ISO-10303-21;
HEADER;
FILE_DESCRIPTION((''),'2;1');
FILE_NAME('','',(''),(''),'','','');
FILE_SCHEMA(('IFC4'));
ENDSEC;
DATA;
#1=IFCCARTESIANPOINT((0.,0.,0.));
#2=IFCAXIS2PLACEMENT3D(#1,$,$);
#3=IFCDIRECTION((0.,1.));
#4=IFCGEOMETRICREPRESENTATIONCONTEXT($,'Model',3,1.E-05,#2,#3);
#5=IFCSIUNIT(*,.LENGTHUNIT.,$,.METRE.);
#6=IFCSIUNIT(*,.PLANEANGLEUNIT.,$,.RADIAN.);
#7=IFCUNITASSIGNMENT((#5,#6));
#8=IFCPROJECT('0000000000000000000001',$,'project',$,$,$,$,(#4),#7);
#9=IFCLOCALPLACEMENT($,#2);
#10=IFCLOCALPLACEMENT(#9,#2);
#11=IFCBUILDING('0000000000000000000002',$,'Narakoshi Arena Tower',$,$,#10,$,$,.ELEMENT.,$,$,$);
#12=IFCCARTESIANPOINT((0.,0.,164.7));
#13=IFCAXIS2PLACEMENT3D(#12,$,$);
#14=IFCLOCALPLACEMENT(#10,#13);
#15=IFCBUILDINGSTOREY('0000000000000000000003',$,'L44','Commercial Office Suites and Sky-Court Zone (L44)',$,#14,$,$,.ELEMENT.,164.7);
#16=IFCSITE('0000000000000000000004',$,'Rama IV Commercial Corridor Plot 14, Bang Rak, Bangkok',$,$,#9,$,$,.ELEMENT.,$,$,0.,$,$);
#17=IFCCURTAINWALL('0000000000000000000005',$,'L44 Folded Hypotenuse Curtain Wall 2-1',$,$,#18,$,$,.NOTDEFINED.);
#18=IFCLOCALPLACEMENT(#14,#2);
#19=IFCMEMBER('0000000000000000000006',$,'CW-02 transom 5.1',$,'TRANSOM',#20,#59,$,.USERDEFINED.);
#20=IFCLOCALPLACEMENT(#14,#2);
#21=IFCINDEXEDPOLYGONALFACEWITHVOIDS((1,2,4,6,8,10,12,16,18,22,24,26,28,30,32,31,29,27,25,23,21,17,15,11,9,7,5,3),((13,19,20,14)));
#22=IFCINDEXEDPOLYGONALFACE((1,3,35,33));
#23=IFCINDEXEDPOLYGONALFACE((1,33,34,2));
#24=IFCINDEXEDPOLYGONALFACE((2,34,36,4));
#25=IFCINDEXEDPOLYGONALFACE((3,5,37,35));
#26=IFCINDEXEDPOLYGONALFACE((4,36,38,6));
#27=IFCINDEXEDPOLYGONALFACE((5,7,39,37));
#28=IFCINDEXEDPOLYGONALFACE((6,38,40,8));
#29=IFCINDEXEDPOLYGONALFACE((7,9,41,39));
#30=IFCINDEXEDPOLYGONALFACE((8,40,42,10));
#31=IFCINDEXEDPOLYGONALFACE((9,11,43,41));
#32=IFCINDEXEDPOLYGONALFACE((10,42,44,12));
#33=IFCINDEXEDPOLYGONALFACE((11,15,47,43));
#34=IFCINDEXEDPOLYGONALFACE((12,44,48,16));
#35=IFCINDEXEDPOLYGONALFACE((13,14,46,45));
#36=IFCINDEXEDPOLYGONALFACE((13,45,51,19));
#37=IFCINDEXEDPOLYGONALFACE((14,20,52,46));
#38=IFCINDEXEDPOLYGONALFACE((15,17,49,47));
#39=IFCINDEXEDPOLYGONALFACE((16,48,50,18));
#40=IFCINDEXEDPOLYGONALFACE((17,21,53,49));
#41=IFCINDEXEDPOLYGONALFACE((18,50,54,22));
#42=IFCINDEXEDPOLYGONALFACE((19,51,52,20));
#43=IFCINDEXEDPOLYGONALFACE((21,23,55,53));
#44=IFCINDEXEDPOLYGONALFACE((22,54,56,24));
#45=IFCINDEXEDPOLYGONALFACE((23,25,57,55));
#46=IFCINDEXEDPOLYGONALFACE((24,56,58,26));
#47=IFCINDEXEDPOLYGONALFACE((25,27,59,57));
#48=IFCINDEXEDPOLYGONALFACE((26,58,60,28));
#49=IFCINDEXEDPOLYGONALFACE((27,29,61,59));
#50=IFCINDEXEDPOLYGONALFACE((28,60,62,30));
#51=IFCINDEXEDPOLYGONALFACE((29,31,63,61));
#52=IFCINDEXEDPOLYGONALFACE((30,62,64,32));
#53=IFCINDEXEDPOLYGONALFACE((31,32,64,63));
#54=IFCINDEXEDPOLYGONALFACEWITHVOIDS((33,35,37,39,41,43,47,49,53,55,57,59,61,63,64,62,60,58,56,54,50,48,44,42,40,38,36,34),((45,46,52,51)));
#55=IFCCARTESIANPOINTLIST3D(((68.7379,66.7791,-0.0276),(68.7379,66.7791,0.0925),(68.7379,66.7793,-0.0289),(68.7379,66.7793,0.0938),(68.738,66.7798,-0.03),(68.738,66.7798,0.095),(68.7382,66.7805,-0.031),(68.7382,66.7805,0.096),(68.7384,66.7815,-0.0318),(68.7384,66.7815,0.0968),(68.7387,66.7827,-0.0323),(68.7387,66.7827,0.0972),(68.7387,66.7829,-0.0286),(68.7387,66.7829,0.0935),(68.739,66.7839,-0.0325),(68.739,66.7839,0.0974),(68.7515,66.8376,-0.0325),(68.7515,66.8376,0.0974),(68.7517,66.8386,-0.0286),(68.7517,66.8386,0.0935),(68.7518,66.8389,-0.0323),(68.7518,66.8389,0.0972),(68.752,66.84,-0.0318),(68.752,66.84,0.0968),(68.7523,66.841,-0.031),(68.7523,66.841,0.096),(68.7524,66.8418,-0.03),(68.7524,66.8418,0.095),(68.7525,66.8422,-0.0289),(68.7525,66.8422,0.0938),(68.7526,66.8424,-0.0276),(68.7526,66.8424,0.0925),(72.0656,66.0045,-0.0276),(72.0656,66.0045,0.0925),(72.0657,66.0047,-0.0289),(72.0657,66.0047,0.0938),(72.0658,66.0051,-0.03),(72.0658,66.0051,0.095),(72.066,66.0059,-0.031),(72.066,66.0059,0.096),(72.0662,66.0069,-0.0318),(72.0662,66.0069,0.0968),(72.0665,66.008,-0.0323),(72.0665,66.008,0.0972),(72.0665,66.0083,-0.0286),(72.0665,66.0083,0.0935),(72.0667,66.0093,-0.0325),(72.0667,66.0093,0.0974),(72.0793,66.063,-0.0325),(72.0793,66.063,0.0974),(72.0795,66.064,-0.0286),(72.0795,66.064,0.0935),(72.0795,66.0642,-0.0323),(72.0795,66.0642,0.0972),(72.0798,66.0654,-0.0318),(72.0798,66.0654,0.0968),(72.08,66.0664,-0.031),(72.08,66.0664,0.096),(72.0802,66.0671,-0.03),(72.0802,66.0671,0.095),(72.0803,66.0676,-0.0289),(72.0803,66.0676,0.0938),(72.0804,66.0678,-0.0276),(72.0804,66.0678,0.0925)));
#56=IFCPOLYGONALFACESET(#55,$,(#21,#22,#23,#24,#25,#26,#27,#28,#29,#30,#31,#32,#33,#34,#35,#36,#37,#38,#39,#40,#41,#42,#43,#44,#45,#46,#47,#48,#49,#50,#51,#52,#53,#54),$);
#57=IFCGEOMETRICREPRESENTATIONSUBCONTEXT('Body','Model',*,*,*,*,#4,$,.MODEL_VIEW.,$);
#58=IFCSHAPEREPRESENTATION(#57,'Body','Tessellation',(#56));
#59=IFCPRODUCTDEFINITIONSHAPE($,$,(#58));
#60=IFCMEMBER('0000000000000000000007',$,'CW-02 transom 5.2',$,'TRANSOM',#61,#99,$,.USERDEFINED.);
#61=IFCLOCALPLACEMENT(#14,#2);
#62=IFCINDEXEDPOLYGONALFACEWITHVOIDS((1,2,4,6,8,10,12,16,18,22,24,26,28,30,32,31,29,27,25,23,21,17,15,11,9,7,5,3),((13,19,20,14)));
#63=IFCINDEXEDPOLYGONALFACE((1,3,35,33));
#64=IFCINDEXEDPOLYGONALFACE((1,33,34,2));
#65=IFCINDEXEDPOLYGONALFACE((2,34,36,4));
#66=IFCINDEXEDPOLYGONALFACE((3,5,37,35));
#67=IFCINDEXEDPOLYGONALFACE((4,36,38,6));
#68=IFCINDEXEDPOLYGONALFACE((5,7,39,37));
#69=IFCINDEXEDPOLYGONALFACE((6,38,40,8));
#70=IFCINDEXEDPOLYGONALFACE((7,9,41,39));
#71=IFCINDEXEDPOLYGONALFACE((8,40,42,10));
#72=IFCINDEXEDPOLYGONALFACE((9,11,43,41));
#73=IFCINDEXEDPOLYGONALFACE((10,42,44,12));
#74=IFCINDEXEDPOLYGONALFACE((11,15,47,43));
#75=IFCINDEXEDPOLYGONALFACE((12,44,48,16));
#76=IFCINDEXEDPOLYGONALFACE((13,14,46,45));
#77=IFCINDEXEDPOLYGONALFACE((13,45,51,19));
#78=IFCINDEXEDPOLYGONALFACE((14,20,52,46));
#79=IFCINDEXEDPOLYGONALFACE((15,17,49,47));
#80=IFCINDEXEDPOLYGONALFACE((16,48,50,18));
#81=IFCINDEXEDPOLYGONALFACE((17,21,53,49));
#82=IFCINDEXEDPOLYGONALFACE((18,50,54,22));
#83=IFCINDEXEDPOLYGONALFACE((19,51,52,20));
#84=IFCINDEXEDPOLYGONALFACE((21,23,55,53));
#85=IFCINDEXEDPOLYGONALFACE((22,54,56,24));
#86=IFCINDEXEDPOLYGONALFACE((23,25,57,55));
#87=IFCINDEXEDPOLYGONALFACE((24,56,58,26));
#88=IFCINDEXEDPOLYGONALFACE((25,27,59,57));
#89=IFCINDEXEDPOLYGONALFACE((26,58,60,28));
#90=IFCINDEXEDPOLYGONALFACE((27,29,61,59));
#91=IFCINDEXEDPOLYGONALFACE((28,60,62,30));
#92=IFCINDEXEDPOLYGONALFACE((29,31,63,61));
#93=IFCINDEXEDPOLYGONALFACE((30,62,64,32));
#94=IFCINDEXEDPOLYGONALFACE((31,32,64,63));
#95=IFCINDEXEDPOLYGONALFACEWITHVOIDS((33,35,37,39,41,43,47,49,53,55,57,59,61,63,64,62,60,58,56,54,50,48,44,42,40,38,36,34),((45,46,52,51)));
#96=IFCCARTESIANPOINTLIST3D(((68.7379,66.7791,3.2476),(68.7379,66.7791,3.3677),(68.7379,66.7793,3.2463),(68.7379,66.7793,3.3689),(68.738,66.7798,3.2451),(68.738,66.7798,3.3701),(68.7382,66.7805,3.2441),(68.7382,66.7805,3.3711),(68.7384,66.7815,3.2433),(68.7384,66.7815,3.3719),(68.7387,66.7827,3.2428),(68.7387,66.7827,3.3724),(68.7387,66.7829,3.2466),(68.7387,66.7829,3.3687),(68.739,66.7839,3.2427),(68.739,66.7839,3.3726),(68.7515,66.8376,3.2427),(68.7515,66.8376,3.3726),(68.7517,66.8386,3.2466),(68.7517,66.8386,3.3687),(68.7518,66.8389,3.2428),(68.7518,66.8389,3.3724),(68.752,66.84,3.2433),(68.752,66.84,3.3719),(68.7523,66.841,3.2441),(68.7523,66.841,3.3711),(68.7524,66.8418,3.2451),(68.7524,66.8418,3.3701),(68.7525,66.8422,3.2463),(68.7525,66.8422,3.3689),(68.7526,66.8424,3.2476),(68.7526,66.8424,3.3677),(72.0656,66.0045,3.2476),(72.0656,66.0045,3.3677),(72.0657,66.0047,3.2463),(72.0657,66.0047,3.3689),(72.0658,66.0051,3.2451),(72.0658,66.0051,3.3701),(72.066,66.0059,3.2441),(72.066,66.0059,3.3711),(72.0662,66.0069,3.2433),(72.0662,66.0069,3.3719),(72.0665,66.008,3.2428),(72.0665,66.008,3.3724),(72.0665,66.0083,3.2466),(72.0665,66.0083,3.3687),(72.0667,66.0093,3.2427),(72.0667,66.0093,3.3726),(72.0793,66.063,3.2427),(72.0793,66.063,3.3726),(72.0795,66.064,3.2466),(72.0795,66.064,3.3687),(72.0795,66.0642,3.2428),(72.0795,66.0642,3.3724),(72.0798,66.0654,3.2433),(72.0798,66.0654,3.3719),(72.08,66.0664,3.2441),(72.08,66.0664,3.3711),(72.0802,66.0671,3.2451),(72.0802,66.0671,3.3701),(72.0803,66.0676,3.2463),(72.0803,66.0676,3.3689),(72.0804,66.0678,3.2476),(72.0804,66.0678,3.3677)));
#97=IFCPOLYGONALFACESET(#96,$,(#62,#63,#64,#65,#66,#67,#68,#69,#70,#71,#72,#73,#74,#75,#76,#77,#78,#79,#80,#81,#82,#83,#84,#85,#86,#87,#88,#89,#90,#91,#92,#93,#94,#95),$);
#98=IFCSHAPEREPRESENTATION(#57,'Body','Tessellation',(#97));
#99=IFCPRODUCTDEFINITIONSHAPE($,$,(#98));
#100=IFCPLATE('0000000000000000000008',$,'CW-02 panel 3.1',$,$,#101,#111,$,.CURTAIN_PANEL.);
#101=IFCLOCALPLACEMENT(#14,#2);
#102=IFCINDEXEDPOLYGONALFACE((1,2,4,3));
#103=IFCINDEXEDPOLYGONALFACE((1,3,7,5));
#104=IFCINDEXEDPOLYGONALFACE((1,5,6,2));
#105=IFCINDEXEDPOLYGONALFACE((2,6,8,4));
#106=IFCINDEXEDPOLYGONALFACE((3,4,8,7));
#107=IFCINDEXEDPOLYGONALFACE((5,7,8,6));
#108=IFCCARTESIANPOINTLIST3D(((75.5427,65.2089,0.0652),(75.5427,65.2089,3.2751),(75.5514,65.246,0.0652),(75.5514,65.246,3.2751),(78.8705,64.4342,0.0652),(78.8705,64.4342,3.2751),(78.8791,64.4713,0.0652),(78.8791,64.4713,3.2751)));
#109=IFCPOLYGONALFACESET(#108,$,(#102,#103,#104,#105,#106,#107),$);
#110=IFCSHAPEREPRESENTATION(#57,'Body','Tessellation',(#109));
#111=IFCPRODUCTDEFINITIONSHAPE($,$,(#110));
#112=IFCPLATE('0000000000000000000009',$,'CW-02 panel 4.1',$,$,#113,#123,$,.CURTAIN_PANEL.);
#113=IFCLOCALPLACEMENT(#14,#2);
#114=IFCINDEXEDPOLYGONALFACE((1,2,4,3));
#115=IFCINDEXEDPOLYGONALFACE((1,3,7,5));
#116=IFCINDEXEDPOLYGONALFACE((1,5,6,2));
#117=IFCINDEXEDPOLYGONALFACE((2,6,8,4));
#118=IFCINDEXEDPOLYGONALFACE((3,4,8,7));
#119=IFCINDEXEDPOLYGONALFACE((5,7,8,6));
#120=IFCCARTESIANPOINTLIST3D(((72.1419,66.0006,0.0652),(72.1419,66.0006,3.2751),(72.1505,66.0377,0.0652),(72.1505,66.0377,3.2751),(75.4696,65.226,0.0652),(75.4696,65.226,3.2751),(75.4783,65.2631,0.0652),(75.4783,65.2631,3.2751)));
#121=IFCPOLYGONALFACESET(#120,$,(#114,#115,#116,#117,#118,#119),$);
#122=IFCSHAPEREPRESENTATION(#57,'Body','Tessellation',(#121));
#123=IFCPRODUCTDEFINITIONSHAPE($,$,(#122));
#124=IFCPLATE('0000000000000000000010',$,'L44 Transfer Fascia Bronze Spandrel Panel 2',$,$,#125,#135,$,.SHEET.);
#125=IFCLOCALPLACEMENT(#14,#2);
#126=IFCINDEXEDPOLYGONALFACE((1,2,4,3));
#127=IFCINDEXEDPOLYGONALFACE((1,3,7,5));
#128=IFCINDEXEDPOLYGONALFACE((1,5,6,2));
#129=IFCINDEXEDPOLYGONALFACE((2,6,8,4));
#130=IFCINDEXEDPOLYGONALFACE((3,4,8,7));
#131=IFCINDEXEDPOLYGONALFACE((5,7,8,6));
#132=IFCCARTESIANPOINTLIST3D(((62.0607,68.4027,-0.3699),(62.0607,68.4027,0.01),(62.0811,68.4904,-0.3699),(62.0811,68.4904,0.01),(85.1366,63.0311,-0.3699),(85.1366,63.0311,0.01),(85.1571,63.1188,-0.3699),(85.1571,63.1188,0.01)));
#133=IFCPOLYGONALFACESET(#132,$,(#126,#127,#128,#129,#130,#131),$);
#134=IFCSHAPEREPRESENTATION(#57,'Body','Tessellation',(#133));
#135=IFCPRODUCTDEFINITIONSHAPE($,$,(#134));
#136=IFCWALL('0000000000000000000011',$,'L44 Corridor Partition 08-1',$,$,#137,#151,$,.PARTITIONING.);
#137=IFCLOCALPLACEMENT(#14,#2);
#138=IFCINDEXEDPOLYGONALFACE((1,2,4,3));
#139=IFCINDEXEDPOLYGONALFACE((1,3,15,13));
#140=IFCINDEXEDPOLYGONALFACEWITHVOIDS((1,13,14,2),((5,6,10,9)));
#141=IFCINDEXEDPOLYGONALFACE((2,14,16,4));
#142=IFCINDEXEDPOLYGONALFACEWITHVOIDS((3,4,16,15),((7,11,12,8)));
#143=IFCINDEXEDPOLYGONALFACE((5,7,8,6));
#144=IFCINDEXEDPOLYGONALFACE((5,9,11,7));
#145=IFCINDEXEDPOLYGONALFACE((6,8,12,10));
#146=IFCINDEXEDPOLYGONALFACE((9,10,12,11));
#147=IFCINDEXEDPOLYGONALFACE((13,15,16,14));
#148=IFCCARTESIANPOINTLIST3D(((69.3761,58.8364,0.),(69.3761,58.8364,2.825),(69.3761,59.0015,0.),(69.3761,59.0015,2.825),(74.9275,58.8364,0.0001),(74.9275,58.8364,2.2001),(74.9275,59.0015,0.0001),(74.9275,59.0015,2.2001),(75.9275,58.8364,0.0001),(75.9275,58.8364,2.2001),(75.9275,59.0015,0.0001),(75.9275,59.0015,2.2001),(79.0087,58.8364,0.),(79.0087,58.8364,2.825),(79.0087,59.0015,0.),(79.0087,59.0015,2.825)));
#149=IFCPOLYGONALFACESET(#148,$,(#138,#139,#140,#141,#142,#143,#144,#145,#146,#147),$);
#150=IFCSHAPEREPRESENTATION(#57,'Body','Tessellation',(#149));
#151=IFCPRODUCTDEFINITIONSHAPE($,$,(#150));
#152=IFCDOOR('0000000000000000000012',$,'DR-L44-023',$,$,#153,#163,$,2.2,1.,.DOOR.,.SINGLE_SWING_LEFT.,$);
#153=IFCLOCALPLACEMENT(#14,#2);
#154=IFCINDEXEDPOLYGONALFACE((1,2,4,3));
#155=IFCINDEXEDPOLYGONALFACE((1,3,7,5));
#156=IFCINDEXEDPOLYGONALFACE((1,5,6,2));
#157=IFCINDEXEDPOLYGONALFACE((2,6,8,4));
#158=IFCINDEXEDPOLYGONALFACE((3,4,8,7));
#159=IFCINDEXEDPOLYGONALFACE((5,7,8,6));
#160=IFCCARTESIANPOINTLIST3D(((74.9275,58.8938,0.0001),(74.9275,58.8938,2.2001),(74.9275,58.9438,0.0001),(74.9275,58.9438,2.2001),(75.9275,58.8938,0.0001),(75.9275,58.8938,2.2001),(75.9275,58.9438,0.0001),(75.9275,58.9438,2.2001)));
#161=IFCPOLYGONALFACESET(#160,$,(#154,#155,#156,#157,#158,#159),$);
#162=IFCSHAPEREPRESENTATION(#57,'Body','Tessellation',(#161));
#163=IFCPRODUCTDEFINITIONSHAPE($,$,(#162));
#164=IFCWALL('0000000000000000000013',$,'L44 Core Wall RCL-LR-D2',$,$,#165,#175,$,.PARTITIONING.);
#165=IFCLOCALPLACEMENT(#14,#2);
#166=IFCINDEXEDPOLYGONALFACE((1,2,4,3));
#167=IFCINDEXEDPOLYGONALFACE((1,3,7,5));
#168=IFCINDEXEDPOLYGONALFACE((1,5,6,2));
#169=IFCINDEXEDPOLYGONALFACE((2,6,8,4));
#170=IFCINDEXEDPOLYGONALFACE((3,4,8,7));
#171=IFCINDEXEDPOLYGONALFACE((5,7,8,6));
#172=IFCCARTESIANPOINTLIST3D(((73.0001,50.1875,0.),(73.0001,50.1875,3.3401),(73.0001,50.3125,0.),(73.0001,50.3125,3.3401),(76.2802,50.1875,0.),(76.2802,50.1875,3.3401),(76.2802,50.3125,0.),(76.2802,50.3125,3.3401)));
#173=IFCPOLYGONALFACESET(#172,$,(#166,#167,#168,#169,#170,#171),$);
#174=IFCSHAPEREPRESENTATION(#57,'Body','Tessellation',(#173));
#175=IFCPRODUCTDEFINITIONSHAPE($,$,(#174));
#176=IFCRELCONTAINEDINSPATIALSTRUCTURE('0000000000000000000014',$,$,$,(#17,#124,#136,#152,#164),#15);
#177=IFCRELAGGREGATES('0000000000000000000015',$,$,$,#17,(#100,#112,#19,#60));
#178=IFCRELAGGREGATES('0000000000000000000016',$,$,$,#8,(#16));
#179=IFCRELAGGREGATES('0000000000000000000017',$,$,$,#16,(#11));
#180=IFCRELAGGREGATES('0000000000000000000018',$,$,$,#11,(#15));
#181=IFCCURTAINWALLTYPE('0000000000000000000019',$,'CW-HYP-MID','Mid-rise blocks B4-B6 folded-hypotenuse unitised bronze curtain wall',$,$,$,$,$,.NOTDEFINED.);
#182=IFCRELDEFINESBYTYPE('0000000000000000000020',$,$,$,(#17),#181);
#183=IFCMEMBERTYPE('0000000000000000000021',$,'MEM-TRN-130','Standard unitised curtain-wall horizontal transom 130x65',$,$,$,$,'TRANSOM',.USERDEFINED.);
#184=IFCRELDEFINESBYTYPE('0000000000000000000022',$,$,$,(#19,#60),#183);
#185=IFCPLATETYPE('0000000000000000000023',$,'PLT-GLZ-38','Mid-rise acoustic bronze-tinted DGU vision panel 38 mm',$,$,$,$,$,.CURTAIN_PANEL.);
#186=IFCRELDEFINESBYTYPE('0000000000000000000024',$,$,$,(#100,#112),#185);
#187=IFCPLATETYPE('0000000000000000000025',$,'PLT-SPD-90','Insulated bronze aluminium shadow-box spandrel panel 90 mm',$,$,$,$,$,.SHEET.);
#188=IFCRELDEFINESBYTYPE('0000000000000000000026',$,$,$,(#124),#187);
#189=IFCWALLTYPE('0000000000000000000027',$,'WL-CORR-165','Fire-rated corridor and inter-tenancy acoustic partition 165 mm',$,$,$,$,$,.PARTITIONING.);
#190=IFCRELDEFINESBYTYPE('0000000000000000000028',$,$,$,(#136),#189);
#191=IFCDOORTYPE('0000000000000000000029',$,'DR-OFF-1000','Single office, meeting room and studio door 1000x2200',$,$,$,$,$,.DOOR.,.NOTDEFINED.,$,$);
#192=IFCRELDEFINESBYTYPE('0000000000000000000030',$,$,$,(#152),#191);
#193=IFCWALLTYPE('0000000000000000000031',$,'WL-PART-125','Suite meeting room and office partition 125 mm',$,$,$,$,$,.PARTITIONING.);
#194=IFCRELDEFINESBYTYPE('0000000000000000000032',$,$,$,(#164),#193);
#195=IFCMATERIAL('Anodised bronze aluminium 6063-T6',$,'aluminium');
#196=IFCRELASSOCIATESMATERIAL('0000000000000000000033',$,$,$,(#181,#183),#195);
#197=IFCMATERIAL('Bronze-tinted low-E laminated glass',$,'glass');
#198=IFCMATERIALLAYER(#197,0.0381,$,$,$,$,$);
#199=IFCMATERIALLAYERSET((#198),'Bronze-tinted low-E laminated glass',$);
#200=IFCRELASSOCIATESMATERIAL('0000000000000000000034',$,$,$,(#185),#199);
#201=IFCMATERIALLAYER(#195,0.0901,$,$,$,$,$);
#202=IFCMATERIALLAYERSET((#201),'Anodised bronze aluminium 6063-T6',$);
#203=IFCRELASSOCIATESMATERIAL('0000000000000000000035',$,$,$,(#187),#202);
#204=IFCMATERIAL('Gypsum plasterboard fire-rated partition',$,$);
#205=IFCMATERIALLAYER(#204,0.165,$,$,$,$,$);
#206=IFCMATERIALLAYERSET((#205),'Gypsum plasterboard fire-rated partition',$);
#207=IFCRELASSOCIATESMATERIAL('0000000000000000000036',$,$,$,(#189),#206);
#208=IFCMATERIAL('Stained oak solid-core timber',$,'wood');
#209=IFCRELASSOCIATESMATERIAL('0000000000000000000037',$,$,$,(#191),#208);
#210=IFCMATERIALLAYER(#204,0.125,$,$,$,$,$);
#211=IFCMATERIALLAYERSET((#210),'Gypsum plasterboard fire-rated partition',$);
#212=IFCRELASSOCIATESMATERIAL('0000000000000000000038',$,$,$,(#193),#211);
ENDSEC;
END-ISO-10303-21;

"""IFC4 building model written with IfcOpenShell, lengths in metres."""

from ifc_helpers import new_model, si_unit, direction, frame, frame_2d, origin, origin_2d, place, context, subcontext, project, spatial, rectangle, hollow_rectangle, extrude, material, layer, layer_set, material_profile, profile_set, type_object, element, fill, aggregate, save


model = new_model("IFC4")

# Units and contexts
model_context = context("Model", 3, precision=1e-05, world=origin(), true_north=direction((0.0, 1.0)))
body_context = subcontext(model_context, "Body", "Model", "MODEL_VIEW")
ifc_project = project(units=[si_unit("LENGTHUNIT", "METRE"), si_unit("PLANEANGLEUNIT", "RADIAN")], contexts=[model_context])

# Site, building, storey
site_placement = place(None, origin())
site = spatial("IfcSite", under=ifc_project, at=site_placement, Name="Rama IV Commercial Corridor Plot 14, Bang Rak, Bangkok", CompositionType="ELEMENT", RefElevation=0.0)
building_placement = place(site_placement, origin())
building = spatial("IfcBuilding", under=site, at=building_placement, Name="Narakoshi Arena Tower", CompositionType="ELEMENT")
storey_placement = place(building_placement, frame((0.0, 0.0, 164.7)))
storey = spatial("IfcBuildingStorey", under=building, at=storey_placement, Name="L44", Description="Commercial Office Suites and Sky-Court Zone (L44)", CompositionType="ELEMENT", Elevation=164.7)

# Curtain wall, members, plates
ifc_material_1 = material(Name="Anodised bronze aluminium 6063-T6", Category="aluminium")
curtain_wall_type = type_object("IfcCurtainWallType", Name="CW-HYP-MID", Description="Mid-rise blocks B4-B6 folded-hypotenuse unitised bronze curtain wall", PredefinedType="NOTDEFINED", material=ifc_material_1)
curtain_wall_placement = place(storey_placement, origin())
curtain_wall = element("IfcCurtainWall", 1, at=curtain_wall_placement, inside=storey, type_object=curtain_wall_type, Name="L44 Folded Hypotenuse Curtain Wall 2-1", PredefinedType="NOTDEFINED")
ifc_material_profile_1 = material_profile(ifc_material_1, hollow_rectangle(XDim=0.0649, YDim=0.1299, WallThickness=0.0039, OuterFilletRadius=0.0049, at=origin_2d()), Name="TRN130x65x4")
ifc_profile_set_1 = profile_set([ifc_material_profile_1], Name="Anodised bronze aluminium 6063-T6")
member_type_1 = type_object("IfcMemberType", Name="MEM-TRN-130", Description="Standard unitised curtain-wall horizontal transom 130x65", ElementType="TRANSOM", PredefinedType="USERDEFINED", material=ifc_profile_set_1)
member_1_placement = place(storey_placement, frame((72.073, 66.0361, 0.0325), z_axis=(-0.973961, 0.226717, 0.0), x_axis=(-0.226717, -0.973961, 0.0)))
member_1 = element("IfcMember", 2, at=member_1_placement, type_object=member_type_1, Name="CW-02 transom 5.1", ObjectType="TRANSOM", PredefinedType="USERDEFINED", context=body_context, shape_type="SweptSolid", body=[
    extrude(hollow_rectangle(XDim=0.0649, YDim=0.1299, WallThickness=0.0039, OuterFilletRadius=0.0049, at=origin_2d()), origin(), (0.0, 0.0, 1.0), 3.4167),
])
member_2_placement = place(storey_placement, frame((72.073, 66.0361, 3.3076), z_axis=(-0.973961, 0.226717, 0.0), x_axis=(-0.226717, -0.973961, 0.0)))
member_2 = element("IfcMember", 3, at=member_2_placement, type_object=member_type_1, Name="CW-02 transom 5.2", ObjectType="TRANSOM", PredefinedType="USERDEFINED", context=body_context, shape_type="SweptSolid", body=[
    extrude(hollow_rectangle(XDim=0.0649, YDim=0.1299, WallThickness=0.0039, OuterFilletRadius=0.0049, at=origin_2d()), origin(), (0.0, 0.0, 1.0), 3.4167),
])
ifc_material_2 = material(Name="Bronze-tinted low-E laminated glass", Category="glass")
ifc_layer_1 = layer(ifc_material_2, 0.0381)
ifc_layer_set_1 = layer_set([ifc_layer_1], Name="Bronze-tinted low-E laminated glass")
plate_type_1 = type_object("IfcPlateType", Name="PLT-GLZ-38", Description="Mid-rise acoustic bronze-tinted DGU vision panel 38 mm", PredefinedType="CURTAIN_PANEL", material=ifc_layer_set_1)
plate_1_placement = place(storey_placement, frame((77.2109, 64.8401, 0.0652), z_axis=(0.0, 0.0, 1.0), x_axis=(-0.97396, 0.226721, 0.0)))
plate_1 = element("IfcPlate", 4, at=plate_1_placement, type_object=plate_type_1, Name="CW-02 panel 3.1", PredefinedType="CURTAIN_PANEL", context=body_context, shape_type="SweptSolid", body=[
    extrude(rectangle(XDim=3.4167, YDim=0.0381, at=origin_2d()), origin(), (0.0, 0.0, 1.0), 3.21),
])
plate_2_placement = place(storey_placement, frame((73.8101, 65.6318, 0.0652), z_axis=(0.0, 0.0, 1.0), x_axis=(-0.97396, 0.226721, 0.0)))
plate_2 = element("IfcPlate", 5, at=plate_2_placement, type_object=plate_type_1, Name="CW-02 panel 4.1", PredefinedType="CURTAIN_PANEL", context=body_context, shape_type="SweptSolid", body=[
    extrude(rectangle(XDim=3.4167, YDim=0.0381, at=origin_2d()), origin(), (0.0, 0.0, 1.0), 3.21),
])
aggregate(curtain_wall, [plate_1, plate_2, member_1, member_2])

# Plate
ifc_layer_2 = layer(ifc_material_1, 0.0901)
ifc_layer_set_2 = layer_set([ifc_layer_2], Name="Anodised bronze aluminium 6063-T6")
plate_type_2 = type_object("IfcPlateType", Name="PLT-SPD-90", Description="Insulated bronze aluminium shadow-box spandrel panel 90 mm", PredefinedType="SHEET", material=ifc_layer_set_2)
plate_3_placement = place(storey_placement, frame((73.6089, 65.7607, -0.3699), z_axis=(0.0, 0.0, 1.0), x_axis=(-0.97396, 0.226719, 0.0)))
element("IfcPlate", 6, at=plate_3_placement, inside=storey, type_object=plate_type_2, Name="L44 Transfer Fascia Bronze Spandrel Panel 2", PredefinedType="SHEET", context=body_context, shape_type="SweptSolid", body=[
    extrude(rectangle(XDim=23.6929, YDim=0.0901, at=origin_2d()), origin(), (0.0, 0.0, 1.0), 0.3799),
])

# Wall, opening, door
ifc_material_3 = material(Name="Gypsum plasterboard fire-rated partition")
ifc_layer_3 = layer(ifc_material_3, 0.165)
ifc_layer_set_3 = layer_set([ifc_layer_3], Name="Gypsum plasterboard fire-rated partition")
wall_type_1 = type_object("IfcWallType", Name="WL-CORR-165", Description="Fire-rated corridor and inter-tenancy acoustic partition 165 mm", PredefinedType="PARTITIONING", material=ifc_layer_set_3)
wall_1_placement = place(storey_placement, frame((79.0088, 58.9189, 0.0), z_axis=(0.0, 0.0, 1.0), x_axis=(-1.0, 0.0, 0.0)))
wall_1 = element("IfcWall", 7, at=wall_1_placement, inside=storey, type_object=wall_type_1, Name="L44 Corridor Partition 08-1", PredefinedType="PARTITIONING", context=body_context, shape_type="SweptSolid", body=[
    extrude(rectangle(XDim=9.6326, YDim=0.165, at=frame_2d((4.8164, 0.0))), origin(), (0.0, 0.0, 1.0), 2.825),
])
opening_1_placement = place(wall_1_placement, frame((3.0813, 0.0, 0.0)))
opening_1 = element("IfcOpeningElement", 8, at=opening_1_placement, cuts=wall_1, PredefinedType="OPENING", context=body_context, shape_type="SweptSolid", body=[
    extrude(rectangle(XDim=1.0, YDim=2.2, at=frame_2d((0.5, 1.1001))), frame((0.0, 0.0925, 0.0), z_axis=(0.0, -1.0, 0.0), x_axis=(1.0, 0.0, 0.0)), (0.0, 0.0, 1.0), 0.1851),
])
ifc_material_4 = material(Name="Stained oak solid-core timber", Category="wood")
door_type_1 = type_object("IfcDoorType", Name="DR-OFF-1000", Description="Single office, meeting room and studio door 1000x2200", OperationType="NOTDEFINED", PredefinedType="DOOR", material=ifc_material_4)
door_1_placement = place(opening_1_placement, frame((1.0, 0.0, 0.0), z_axis=(0.0, 0.0, 1.0), x_axis=(-1.0, 0.0, 0.0)))
door_1 = element("IfcDoor", 9, at=door_1_placement, inside=storey, type_object=door_type_1, Name="DR-L44-023", OperationType="SINGLE_SWING_LEFT", OverallHeight=2.2, OverallWidth=1.0, PredefinedType="DOOR", context=body_context, shape_type="SweptSolid", body=[
    extrude(rectangle(XDim=1.0, YDim=2.2, at=frame_2d((0.5, 1.1001))), frame((0.0, 0.0249, 0.0), z_axis=(0.0, -1.0, 0.0), x_axis=(1.0, 0.0, 0.0)), (0.0, 0.0, 1.0), 0.05),
])
fill(opening_1, door_1)

# Wall
ifc_layer_4 = layer(ifc_material_3, 0.125)
ifc_layer_set_4 = layer_set([ifc_layer_4], Name="Gypsum plasterboard fire-rated partition")
wall_type_2 = type_object("IfcWallType", Name="WL-PART-125", Description="Suite meeting room and office partition 125 mm", PredefinedType="PARTITIONING", material=ifc_layer_set_4)
wall_2_placement = place(storey_placement, frame((73.0, 50.25, 0.0), z_axis=(0.0, 0.0, 1.0), x_axis=(1.0, 0.0, 0.0)))
element("IfcWall", 10, at=wall_2_placement, inside=storey, type_object=wall_type_2, Name="L44 Core Wall RCL-LR-D2", PredefinedType="PARTITIONING", context=body_context, shape_type="SweptSolid", body=[
    extrude(rectangle(XDim=3.28, YDim=0.125, at=frame_2d((1.6401, 0.0))), origin(), (0.0, 0.0, 1.0), 3.3401),
])

save(model, "model.ifc")
